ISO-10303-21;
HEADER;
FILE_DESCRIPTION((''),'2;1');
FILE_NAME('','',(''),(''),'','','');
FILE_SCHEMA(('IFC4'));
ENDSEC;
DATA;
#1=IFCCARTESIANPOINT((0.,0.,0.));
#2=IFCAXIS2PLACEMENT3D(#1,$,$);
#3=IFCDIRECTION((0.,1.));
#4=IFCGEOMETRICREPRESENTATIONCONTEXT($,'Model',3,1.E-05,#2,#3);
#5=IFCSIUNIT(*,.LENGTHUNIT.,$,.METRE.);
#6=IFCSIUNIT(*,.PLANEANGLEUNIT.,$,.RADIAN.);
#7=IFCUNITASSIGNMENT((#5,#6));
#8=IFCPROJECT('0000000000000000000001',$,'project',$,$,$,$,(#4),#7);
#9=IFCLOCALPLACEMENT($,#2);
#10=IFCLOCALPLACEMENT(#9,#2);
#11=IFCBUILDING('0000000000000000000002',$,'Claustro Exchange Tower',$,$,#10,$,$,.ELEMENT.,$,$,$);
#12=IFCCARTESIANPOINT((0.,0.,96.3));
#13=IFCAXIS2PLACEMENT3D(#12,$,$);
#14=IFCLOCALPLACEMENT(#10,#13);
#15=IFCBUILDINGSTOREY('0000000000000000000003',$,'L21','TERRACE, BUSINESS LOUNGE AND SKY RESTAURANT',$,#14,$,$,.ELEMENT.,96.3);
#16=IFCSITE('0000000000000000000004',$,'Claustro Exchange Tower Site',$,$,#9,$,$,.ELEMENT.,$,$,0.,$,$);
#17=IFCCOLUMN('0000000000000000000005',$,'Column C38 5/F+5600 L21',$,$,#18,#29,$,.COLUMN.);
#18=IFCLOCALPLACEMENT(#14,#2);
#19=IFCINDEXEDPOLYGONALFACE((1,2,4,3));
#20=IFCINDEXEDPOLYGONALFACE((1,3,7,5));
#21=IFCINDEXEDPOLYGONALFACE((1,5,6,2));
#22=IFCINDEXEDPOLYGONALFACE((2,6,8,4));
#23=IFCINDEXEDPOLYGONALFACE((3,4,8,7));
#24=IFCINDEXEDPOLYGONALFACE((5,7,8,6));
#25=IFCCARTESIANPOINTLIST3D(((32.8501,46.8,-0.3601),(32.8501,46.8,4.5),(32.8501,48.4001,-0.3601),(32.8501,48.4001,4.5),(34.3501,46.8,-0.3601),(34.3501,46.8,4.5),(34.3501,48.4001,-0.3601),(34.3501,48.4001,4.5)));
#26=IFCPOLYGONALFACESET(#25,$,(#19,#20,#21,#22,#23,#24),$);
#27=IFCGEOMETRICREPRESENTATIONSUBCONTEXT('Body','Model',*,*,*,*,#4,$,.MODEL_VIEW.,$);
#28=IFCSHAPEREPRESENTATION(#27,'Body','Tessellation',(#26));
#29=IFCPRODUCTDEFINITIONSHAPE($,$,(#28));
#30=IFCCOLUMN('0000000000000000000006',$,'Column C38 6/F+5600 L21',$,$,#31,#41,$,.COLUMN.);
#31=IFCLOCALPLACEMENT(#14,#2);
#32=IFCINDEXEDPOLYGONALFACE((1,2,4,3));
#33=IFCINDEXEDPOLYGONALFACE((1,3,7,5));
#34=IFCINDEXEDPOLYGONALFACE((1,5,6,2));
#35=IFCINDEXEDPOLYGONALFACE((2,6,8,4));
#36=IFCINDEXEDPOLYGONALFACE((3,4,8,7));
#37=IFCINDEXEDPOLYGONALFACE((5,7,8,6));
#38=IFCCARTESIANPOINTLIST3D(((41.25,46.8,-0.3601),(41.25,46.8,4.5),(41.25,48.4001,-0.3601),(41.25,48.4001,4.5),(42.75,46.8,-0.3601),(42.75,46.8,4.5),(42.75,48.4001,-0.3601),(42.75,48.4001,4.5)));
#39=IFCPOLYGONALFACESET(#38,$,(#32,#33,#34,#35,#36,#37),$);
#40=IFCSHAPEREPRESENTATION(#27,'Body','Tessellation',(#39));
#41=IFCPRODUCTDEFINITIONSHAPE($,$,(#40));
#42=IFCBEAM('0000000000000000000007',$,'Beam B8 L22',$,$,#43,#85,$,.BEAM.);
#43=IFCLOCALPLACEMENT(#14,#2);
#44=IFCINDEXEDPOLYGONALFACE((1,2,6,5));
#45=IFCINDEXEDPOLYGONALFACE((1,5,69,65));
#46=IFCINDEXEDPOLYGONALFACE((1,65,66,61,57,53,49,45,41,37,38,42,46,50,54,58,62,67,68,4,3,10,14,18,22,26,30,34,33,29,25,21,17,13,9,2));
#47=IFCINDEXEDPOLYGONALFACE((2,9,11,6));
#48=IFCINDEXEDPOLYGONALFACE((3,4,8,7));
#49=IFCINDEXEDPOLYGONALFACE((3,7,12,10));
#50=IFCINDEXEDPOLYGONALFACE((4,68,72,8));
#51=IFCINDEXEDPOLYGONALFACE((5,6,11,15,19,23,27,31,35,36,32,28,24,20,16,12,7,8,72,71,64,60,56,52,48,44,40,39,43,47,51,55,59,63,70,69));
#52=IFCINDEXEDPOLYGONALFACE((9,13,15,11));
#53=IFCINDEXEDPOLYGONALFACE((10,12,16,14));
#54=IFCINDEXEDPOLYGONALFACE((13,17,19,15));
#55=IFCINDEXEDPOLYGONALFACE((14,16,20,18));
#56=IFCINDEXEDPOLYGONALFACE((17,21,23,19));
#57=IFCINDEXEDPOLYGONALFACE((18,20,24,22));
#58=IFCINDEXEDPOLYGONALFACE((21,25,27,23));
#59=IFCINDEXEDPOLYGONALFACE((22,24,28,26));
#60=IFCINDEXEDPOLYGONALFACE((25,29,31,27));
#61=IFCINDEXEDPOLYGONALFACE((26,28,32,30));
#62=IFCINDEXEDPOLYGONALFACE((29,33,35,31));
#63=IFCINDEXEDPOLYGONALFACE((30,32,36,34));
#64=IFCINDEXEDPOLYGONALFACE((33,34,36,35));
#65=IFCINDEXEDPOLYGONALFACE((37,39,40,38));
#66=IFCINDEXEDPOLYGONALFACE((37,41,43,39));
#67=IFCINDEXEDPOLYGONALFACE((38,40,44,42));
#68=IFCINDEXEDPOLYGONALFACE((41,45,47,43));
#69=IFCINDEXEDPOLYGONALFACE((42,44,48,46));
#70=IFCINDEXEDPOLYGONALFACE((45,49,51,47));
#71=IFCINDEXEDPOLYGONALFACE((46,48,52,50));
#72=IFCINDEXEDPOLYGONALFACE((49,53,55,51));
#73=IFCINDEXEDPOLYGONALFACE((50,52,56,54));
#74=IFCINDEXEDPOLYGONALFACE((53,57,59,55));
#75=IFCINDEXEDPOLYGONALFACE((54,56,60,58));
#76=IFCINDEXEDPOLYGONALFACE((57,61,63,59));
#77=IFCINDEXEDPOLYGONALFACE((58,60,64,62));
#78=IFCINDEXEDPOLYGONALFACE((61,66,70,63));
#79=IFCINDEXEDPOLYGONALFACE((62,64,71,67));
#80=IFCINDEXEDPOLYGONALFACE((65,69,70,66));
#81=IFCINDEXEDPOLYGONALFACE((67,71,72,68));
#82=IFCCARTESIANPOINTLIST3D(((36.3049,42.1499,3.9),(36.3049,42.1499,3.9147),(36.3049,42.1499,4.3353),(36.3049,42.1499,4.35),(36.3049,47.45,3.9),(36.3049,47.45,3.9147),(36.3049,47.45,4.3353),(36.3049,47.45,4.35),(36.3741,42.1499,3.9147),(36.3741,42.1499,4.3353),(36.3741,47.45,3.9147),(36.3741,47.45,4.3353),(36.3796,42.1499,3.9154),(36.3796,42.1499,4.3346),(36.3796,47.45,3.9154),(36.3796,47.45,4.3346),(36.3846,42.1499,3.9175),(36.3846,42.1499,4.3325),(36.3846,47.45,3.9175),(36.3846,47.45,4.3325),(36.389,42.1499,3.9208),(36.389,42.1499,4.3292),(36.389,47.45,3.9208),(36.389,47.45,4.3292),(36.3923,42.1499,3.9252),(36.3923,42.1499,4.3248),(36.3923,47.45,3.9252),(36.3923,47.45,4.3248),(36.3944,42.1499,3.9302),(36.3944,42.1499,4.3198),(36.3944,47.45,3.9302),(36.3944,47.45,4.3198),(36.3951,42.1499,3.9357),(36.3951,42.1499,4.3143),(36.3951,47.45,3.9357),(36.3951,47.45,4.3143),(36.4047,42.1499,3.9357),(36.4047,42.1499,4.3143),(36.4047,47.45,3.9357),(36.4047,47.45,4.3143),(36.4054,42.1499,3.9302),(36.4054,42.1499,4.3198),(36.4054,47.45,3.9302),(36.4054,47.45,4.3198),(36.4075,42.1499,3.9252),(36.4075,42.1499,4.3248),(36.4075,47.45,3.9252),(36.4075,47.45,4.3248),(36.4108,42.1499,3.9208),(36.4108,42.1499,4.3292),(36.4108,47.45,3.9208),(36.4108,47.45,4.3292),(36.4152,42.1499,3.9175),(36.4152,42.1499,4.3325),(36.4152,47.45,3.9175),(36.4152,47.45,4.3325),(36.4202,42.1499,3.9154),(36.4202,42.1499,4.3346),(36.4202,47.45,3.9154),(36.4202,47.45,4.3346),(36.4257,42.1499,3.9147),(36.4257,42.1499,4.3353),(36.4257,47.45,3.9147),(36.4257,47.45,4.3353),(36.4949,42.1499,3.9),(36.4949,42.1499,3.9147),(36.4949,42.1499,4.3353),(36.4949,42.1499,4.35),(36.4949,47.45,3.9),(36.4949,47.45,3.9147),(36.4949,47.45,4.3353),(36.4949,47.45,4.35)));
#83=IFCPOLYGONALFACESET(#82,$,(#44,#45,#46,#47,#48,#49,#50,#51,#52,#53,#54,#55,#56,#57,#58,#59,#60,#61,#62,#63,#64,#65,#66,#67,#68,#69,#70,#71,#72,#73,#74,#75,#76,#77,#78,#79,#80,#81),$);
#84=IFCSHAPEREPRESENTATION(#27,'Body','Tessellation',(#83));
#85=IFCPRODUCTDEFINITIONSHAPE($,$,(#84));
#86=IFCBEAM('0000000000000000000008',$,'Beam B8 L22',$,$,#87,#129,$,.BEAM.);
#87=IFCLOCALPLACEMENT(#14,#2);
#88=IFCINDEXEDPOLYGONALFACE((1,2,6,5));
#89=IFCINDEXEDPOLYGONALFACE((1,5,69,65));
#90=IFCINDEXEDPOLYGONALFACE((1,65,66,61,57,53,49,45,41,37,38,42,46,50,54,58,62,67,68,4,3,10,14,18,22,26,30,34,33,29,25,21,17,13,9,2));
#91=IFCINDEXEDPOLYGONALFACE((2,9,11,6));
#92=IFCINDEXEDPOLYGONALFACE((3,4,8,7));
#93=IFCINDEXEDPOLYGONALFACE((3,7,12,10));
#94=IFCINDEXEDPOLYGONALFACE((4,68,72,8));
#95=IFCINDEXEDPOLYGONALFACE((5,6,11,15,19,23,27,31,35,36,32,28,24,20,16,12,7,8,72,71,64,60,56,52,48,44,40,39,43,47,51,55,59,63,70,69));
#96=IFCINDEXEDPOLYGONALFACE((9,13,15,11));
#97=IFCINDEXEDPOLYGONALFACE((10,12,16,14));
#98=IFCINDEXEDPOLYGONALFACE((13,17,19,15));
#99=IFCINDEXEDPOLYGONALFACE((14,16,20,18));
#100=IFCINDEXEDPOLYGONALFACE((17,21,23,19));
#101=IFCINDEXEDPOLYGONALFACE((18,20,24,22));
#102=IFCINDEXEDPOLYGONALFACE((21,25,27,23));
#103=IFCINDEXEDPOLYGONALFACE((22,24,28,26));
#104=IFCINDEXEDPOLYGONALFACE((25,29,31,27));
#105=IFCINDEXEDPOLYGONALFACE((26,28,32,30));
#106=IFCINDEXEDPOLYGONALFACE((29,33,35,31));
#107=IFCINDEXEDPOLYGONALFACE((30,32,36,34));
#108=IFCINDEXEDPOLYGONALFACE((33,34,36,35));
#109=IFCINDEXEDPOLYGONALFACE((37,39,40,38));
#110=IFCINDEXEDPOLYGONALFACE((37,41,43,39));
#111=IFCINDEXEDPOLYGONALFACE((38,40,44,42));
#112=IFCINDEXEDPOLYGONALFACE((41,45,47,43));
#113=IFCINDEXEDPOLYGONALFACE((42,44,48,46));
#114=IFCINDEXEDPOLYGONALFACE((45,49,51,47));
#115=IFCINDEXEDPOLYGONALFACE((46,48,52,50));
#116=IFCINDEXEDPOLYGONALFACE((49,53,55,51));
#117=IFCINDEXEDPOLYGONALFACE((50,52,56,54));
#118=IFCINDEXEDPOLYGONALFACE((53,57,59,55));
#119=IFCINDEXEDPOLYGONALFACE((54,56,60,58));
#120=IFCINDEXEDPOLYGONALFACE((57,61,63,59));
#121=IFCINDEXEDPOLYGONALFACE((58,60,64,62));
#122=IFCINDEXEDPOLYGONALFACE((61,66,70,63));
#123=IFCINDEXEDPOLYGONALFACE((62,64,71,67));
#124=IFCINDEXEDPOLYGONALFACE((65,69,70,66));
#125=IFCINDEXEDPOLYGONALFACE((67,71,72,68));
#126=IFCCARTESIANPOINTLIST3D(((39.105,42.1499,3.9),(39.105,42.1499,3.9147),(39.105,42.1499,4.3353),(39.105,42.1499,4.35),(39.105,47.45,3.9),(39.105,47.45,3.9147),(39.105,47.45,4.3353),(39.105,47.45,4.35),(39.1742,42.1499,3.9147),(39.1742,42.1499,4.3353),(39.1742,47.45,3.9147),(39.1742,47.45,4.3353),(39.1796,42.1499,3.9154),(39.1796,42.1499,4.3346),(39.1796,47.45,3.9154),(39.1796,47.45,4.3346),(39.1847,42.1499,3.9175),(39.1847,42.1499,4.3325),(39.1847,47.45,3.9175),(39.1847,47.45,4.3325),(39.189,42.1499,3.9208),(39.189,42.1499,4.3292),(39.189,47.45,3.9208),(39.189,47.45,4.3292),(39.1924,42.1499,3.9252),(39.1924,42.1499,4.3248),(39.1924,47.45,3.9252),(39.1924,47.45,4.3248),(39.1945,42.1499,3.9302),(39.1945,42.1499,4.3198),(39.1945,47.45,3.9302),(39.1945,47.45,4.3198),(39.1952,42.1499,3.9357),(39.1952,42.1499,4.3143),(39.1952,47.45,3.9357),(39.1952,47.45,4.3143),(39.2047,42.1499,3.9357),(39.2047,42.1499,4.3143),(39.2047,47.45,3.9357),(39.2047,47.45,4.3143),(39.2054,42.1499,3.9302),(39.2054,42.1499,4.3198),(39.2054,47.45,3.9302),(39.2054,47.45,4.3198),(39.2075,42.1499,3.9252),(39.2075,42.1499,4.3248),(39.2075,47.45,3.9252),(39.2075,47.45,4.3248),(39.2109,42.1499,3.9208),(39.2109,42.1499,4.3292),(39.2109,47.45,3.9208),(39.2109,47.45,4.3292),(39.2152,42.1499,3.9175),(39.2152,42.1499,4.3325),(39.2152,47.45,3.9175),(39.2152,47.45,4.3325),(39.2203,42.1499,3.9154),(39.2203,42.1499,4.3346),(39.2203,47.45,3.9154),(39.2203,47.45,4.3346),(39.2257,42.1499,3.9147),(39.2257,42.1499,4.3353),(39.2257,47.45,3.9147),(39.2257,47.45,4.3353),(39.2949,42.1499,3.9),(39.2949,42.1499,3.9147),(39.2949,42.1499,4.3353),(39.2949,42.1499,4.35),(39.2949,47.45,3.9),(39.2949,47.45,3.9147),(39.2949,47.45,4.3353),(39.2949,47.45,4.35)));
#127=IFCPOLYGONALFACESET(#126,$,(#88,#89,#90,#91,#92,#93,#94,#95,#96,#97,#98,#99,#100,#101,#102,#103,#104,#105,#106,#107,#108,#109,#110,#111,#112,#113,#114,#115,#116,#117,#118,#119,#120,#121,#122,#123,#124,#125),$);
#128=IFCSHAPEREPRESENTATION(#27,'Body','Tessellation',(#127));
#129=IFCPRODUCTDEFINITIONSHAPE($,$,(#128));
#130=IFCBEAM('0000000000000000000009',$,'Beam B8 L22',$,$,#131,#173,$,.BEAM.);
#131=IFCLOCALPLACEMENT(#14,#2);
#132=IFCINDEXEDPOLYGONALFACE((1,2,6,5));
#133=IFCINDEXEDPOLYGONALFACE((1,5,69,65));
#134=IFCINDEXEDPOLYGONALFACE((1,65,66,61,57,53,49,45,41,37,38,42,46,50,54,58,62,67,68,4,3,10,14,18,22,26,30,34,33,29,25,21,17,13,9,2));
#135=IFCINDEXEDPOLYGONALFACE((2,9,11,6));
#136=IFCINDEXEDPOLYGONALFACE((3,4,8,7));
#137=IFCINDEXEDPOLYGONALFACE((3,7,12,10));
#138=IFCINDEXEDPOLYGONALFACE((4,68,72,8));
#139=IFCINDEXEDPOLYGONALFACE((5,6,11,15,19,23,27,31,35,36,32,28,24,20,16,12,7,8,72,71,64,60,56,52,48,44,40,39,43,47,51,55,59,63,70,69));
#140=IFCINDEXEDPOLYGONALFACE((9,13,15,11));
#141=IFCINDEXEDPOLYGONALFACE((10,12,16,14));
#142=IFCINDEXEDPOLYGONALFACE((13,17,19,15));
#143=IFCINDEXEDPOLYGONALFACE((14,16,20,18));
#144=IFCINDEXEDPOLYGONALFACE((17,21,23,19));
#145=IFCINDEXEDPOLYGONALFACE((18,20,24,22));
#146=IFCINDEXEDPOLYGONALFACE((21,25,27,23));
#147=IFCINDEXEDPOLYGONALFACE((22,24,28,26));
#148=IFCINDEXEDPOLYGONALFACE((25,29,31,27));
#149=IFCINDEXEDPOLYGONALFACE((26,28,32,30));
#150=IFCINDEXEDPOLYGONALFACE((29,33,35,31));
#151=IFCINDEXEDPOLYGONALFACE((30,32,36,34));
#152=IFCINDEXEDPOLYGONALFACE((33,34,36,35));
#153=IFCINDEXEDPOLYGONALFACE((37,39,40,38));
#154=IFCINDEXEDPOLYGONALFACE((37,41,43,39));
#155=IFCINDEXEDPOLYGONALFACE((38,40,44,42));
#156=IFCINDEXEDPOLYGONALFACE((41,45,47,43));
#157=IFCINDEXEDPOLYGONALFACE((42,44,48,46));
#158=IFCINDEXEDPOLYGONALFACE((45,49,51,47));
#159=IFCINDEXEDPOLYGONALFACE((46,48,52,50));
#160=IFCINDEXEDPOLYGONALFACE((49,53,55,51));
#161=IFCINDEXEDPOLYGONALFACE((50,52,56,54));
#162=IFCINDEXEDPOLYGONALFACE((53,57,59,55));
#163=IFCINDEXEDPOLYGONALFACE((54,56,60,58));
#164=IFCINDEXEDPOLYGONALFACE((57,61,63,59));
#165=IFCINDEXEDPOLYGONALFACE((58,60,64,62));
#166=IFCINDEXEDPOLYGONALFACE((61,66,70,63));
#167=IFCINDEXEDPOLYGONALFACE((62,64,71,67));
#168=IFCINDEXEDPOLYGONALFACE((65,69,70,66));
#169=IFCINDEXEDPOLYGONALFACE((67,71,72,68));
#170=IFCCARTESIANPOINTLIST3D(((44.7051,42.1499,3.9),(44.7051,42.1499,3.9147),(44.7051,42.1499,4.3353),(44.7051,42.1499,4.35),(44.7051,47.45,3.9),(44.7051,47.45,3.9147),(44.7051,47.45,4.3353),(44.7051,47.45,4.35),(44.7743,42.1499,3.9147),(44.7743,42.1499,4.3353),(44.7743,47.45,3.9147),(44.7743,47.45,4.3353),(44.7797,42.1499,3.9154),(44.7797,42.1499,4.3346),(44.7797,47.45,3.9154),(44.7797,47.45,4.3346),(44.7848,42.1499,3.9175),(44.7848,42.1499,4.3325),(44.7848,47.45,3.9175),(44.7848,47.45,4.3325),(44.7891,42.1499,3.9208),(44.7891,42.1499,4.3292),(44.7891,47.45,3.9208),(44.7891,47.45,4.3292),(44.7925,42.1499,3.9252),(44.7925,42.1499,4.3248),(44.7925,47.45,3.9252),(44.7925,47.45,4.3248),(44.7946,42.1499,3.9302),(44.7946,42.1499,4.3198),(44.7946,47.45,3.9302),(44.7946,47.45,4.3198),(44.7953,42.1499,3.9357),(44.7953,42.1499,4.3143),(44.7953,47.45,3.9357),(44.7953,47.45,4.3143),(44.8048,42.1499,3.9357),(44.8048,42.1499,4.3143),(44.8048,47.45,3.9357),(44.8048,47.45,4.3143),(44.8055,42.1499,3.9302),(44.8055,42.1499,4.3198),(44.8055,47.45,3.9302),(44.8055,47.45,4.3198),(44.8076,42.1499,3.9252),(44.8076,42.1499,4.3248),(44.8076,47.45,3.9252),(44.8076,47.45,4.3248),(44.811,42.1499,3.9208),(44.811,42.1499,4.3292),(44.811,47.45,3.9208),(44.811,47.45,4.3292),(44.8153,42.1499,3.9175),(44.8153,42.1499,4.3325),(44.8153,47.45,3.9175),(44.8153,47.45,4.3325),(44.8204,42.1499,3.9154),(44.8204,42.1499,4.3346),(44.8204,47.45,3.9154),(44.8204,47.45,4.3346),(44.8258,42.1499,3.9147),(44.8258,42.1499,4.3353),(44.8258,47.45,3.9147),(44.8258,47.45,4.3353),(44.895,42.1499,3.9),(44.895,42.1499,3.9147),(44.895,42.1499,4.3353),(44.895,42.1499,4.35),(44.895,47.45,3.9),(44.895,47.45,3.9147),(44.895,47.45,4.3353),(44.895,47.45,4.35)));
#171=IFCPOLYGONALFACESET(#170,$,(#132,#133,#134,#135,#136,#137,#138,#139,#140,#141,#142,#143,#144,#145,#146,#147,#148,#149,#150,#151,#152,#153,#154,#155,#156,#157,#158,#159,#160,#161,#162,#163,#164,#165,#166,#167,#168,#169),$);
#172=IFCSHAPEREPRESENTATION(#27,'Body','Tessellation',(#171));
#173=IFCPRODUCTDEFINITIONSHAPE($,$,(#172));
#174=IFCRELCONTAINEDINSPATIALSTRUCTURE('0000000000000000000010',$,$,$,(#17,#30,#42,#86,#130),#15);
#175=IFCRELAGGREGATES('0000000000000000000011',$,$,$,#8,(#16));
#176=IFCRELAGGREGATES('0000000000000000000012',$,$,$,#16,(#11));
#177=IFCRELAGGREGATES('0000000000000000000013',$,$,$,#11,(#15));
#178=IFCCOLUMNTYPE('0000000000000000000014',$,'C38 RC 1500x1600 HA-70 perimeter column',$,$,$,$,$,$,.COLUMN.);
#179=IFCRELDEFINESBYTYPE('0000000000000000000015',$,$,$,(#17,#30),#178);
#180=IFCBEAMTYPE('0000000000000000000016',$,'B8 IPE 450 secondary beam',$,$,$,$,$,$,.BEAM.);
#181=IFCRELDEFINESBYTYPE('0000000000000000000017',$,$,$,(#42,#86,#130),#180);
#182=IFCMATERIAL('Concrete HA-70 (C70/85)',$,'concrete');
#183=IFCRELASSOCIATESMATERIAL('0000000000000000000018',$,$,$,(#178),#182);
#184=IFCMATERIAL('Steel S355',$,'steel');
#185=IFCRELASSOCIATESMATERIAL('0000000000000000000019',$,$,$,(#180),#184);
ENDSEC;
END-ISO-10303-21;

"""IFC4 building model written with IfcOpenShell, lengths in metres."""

from ifc_helpers import new_model, si_unit, direction, frame, origin, origin_2d, place, context, subcontext, project, spatial, rectangle, i_section, extrude, material, material_profile, profile_set, type_object, element, save


model = new_model("IFC4")

# Units and contexts
model_context = context("Model", 3, precision=1e-05, world=origin(), true_north=direction((0.0, 1.0)))
body_context = subcontext(model_context, "Body", "Model", "MODEL_VIEW")
ifc_project = project(units=[si_unit("LENGTHUNIT", "METRE"), si_unit("PLANEANGLEUNIT", "RADIAN")], contexts=[model_context])

# Site, building, storey
site_placement = place(None, origin())
site = spatial("IfcSite", under=ifc_project, at=site_placement, Name="Claustro Exchange Tower Site", CompositionType="ELEMENT", RefElevation=0.0)
building_placement = place(site_placement, origin())
building = spatial("IfcBuilding", under=site, at=building_placement, Name="Claustro Exchange Tower", CompositionType="ELEMENT")
storey_placement = place(building_placement, frame((0.0, 0.0, 96.3)))
storey = spatial("IfcBuildingStorey", under=building, at=storey_placement, Name="L21", Description="TERRACE, BUSINESS LOUNGE AND SKY RESTAURANT", CompositionType="ELEMENT", Elevation=96.3)

# Columns
ifc_material_1 = material(Name="Concrete HA-70 (C70/85)", Category="concrete")
ifc_material_profile_1 = material_profile(ifc_material_1, rectangle(XDim=1.5, YDim=1.6001, at=origin_2d()), Name="RC 1500x1600")
ifc_profile_set_1 = profile_set([ifc_material_profile_1], Name="Concrete HA-70 (C70/85)")
column_type = type_object("IfcColumnType", Name="C38 RC 1500x1600 HA-70 perimeter column", PredefinedType="COLUMN", material=ifc_profile_set_1)
for number, where, z_axis, x_axis, name in (
    (1, (33.6001, 47.6001, -0.3601), (0.0, 0.0, 1.0), (1.0, 0.0, 0.0), "Column C38 5/F+5600 L21"),
    (2, (42.0, 47.6001, -0.3601), (0.0, 0.0, 1.0), (1.0, 0.0, 0.0), "Column C38 6/F+5600 L21"),
):
    element("IfcColumn", number, at=place(storey_placement, frame(where, z_axis=z_axis, x_axis=x_axis)), inside=storey, type_object=column_type, Name=name, PredefinedType="COLUMN", context=body_context, shape_type="SweptSolid", body=[
        extrude(rectangle(XDim=1.5, YDim=1.6001, at=origin_2d()), origin(), (0.0, 0.0, 1.0), 4.8601),
    ])

# Beams
ifc_material_2 = material(Name="Steel S355", Category="steel")
ifc_material_profile_2 = material_profile(ifc_material_2, i_section(OverallWidth=0.1899, OverallDepth=0.45, WebThickness=0.0095, FlangeThickness=0.0146, FilletRadius=0.021, at=origin_2d()), Name="IPE 450")
ifc_profile_set_2 = profile_set([ifc_material_profile_2], Name="Steel S355")
beam_type_1 = type_object("IfcBeamType", Name="B8 IPE 450 secondary beam", PredefinedType="BEAM", material=ifc_profile_set_2)
for number, where, z_axis, x_axis, name in (
    (3, (36.3999, 42.1499, 4.125), (0.0, 1.0, 0.0), (-1.0, 0.0, 0.0), "Beam B8 L22"),
    (4, (39.2, 42.1499, 4.125), (0.0, 1.0, 0.0), (-1.0, 0.0, 0.0), "Beam B8 L22"),
    (5, (44.8, 42.1499, 4.125), (0.0, 1.0, 0.0), (-1.0, 0.0, 0.0), "Beam B8 L22"),
):
    element("IfcBeam", number, at=place(storey_placement, frame(where, z_axis=z_axis, x_axis=x_axis)), inside=storey, type_object=beam_type_1, Name=name, PredefinedType="BEAM", context=body_context, shape_type="SweptSolid", body=[
        extrude(i_section(OverallWidth=0.1899, OverallDepth=0.45, WebThickness=0.0095, FlangeThickness=0.0146, FilletRadius=0.021, at=origin_2d()), origin(), (0.0, 0.0, 1.0), 5.3),
    ])

save(model, "model.ifc")
